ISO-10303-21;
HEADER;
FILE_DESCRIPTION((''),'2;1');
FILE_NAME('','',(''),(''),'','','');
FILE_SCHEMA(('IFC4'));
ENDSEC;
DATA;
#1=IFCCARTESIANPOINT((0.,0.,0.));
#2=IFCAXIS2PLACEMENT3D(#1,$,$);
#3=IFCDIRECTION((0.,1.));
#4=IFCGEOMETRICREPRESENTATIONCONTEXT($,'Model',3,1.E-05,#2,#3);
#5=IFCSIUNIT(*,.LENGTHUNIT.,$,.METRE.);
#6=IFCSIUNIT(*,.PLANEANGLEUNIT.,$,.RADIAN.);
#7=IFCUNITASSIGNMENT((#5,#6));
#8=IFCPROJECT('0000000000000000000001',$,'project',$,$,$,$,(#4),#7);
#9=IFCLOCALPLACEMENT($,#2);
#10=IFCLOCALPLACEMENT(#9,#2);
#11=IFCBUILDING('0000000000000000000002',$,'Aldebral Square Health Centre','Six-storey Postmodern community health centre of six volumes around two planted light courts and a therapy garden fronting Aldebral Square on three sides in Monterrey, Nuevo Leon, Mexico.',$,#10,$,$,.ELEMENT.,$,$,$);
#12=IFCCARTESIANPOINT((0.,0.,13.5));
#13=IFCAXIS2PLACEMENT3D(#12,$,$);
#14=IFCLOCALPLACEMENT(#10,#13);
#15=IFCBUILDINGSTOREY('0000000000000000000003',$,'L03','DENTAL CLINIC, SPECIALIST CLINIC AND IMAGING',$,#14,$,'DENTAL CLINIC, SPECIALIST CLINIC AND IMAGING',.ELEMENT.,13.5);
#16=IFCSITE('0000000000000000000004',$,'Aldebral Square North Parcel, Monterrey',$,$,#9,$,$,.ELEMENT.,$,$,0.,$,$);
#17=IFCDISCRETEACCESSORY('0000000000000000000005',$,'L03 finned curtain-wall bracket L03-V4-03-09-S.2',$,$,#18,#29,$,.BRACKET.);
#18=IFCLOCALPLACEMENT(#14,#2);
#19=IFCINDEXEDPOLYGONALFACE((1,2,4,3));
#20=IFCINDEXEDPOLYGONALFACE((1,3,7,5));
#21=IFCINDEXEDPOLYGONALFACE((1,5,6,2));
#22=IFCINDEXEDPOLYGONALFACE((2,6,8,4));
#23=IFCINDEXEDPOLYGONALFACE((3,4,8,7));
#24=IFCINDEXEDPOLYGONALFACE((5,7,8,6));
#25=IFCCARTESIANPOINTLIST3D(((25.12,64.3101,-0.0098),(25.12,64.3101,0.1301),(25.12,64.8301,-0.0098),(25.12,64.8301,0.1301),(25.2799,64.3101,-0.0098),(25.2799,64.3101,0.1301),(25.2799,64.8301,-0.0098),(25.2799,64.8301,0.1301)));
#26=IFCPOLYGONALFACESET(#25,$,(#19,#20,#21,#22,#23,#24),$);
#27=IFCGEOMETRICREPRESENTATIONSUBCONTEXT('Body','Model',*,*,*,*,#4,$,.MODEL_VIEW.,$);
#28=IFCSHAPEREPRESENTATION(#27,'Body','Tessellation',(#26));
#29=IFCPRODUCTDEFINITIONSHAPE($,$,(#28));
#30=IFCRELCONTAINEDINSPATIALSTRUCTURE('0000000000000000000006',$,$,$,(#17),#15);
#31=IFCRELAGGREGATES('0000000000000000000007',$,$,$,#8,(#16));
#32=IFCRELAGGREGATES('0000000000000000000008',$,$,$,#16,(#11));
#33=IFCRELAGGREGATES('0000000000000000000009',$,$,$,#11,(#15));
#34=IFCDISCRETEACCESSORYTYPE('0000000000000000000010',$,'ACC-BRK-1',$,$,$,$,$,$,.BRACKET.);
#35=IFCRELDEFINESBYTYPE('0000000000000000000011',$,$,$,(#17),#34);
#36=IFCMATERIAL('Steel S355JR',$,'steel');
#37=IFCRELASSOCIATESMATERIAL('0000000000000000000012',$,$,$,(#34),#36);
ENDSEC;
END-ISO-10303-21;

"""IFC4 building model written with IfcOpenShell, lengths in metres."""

from ifc_helpers import new_model, si_unit, direction, frame, origin, origin_2d, place, context, subcontext, project, spatial, rectangle, extrude, material, type_object, element, save


model = new_model("IFC4")

# Units and contexts
model_context = context("Model", 3, precision=1e-05, world=origin(), true_north=direction((0.0, 1.0)))
body_context = subcontext(model_context, "Body", "Model", "MODEL_VIEW")
ifc_project = project(units=[si_unit("LENGTHUNIT", "METRE"), si_unit("PLANEANGLEUNIT", "RADIAN")], contexts=[model_context])

# Site, building, storey
site_placement = place(None, origin())
site = spatial("IfcSite", under=ifc_project, at=site_placement, Name="Aldebral Square North Parcel, Monterrey", CompositionType="ELEMENT", RefElevation=0.0)
building_placement = place(site_placement, origin())
building = spatial("IfcBuilding", under=site, at=building_placement, Name="Aldebral Square Health Centre", Description="Six-storey Postmodern community health centre of six volumes around two planted light courts and a therapy garden fronting Aldebral Square on three sides in Monterrey, Nuevo Leon, Mexico.", CompositionType="ELEMENT")
storey_placement = place(building_placement, frame((0.0, 0.0, 13.5)))
storey = spatial("IfcBuildingStorey", under=building, at=storey_placement, Name="L03", Description="DENTAL CLINIC, SPECIALIST CLINIC AND IMAGING", LongName="DENTAL CLINIC, SPECIALIST CLINIC AND IMAGING", CompositionType="ELEMENT", Elevation=13.5)

# Discrete accessory
ifc_material_1 = material(Name="Steel S355JR", Category="steel")
discrete_accessory_type = type_object("IfcDiscreteAccessoryType", Name="ACC-BRK-1", PredefinedType="BRACKET", material=ifc_material_1)
discrete_accessory_placement = place(storey_placement, frame((25.2, 64.5701, -0.0098), z_axis=(0.0, 0.0, 1.0), x_axis=(1.0, 0.0, 0.0)))
element("IfcDiscreteAccessory", 1, at=discrete_accessory_placement, inside=storey, type_object=discrete_accessory_type, Name="L03 finned curtain-wall bracket L03-V4-03-09-S.2", PredefinedType="BRACKET", context=body_context, shape_type="SweptSolid", body=[
    extrude(rectangle(XDim=0.1599, YDim=0.52, at=origin_2d()), origin(), (0.0, 0.0, 1.0), 0.1399),
])

save(model, "model.ifc")
